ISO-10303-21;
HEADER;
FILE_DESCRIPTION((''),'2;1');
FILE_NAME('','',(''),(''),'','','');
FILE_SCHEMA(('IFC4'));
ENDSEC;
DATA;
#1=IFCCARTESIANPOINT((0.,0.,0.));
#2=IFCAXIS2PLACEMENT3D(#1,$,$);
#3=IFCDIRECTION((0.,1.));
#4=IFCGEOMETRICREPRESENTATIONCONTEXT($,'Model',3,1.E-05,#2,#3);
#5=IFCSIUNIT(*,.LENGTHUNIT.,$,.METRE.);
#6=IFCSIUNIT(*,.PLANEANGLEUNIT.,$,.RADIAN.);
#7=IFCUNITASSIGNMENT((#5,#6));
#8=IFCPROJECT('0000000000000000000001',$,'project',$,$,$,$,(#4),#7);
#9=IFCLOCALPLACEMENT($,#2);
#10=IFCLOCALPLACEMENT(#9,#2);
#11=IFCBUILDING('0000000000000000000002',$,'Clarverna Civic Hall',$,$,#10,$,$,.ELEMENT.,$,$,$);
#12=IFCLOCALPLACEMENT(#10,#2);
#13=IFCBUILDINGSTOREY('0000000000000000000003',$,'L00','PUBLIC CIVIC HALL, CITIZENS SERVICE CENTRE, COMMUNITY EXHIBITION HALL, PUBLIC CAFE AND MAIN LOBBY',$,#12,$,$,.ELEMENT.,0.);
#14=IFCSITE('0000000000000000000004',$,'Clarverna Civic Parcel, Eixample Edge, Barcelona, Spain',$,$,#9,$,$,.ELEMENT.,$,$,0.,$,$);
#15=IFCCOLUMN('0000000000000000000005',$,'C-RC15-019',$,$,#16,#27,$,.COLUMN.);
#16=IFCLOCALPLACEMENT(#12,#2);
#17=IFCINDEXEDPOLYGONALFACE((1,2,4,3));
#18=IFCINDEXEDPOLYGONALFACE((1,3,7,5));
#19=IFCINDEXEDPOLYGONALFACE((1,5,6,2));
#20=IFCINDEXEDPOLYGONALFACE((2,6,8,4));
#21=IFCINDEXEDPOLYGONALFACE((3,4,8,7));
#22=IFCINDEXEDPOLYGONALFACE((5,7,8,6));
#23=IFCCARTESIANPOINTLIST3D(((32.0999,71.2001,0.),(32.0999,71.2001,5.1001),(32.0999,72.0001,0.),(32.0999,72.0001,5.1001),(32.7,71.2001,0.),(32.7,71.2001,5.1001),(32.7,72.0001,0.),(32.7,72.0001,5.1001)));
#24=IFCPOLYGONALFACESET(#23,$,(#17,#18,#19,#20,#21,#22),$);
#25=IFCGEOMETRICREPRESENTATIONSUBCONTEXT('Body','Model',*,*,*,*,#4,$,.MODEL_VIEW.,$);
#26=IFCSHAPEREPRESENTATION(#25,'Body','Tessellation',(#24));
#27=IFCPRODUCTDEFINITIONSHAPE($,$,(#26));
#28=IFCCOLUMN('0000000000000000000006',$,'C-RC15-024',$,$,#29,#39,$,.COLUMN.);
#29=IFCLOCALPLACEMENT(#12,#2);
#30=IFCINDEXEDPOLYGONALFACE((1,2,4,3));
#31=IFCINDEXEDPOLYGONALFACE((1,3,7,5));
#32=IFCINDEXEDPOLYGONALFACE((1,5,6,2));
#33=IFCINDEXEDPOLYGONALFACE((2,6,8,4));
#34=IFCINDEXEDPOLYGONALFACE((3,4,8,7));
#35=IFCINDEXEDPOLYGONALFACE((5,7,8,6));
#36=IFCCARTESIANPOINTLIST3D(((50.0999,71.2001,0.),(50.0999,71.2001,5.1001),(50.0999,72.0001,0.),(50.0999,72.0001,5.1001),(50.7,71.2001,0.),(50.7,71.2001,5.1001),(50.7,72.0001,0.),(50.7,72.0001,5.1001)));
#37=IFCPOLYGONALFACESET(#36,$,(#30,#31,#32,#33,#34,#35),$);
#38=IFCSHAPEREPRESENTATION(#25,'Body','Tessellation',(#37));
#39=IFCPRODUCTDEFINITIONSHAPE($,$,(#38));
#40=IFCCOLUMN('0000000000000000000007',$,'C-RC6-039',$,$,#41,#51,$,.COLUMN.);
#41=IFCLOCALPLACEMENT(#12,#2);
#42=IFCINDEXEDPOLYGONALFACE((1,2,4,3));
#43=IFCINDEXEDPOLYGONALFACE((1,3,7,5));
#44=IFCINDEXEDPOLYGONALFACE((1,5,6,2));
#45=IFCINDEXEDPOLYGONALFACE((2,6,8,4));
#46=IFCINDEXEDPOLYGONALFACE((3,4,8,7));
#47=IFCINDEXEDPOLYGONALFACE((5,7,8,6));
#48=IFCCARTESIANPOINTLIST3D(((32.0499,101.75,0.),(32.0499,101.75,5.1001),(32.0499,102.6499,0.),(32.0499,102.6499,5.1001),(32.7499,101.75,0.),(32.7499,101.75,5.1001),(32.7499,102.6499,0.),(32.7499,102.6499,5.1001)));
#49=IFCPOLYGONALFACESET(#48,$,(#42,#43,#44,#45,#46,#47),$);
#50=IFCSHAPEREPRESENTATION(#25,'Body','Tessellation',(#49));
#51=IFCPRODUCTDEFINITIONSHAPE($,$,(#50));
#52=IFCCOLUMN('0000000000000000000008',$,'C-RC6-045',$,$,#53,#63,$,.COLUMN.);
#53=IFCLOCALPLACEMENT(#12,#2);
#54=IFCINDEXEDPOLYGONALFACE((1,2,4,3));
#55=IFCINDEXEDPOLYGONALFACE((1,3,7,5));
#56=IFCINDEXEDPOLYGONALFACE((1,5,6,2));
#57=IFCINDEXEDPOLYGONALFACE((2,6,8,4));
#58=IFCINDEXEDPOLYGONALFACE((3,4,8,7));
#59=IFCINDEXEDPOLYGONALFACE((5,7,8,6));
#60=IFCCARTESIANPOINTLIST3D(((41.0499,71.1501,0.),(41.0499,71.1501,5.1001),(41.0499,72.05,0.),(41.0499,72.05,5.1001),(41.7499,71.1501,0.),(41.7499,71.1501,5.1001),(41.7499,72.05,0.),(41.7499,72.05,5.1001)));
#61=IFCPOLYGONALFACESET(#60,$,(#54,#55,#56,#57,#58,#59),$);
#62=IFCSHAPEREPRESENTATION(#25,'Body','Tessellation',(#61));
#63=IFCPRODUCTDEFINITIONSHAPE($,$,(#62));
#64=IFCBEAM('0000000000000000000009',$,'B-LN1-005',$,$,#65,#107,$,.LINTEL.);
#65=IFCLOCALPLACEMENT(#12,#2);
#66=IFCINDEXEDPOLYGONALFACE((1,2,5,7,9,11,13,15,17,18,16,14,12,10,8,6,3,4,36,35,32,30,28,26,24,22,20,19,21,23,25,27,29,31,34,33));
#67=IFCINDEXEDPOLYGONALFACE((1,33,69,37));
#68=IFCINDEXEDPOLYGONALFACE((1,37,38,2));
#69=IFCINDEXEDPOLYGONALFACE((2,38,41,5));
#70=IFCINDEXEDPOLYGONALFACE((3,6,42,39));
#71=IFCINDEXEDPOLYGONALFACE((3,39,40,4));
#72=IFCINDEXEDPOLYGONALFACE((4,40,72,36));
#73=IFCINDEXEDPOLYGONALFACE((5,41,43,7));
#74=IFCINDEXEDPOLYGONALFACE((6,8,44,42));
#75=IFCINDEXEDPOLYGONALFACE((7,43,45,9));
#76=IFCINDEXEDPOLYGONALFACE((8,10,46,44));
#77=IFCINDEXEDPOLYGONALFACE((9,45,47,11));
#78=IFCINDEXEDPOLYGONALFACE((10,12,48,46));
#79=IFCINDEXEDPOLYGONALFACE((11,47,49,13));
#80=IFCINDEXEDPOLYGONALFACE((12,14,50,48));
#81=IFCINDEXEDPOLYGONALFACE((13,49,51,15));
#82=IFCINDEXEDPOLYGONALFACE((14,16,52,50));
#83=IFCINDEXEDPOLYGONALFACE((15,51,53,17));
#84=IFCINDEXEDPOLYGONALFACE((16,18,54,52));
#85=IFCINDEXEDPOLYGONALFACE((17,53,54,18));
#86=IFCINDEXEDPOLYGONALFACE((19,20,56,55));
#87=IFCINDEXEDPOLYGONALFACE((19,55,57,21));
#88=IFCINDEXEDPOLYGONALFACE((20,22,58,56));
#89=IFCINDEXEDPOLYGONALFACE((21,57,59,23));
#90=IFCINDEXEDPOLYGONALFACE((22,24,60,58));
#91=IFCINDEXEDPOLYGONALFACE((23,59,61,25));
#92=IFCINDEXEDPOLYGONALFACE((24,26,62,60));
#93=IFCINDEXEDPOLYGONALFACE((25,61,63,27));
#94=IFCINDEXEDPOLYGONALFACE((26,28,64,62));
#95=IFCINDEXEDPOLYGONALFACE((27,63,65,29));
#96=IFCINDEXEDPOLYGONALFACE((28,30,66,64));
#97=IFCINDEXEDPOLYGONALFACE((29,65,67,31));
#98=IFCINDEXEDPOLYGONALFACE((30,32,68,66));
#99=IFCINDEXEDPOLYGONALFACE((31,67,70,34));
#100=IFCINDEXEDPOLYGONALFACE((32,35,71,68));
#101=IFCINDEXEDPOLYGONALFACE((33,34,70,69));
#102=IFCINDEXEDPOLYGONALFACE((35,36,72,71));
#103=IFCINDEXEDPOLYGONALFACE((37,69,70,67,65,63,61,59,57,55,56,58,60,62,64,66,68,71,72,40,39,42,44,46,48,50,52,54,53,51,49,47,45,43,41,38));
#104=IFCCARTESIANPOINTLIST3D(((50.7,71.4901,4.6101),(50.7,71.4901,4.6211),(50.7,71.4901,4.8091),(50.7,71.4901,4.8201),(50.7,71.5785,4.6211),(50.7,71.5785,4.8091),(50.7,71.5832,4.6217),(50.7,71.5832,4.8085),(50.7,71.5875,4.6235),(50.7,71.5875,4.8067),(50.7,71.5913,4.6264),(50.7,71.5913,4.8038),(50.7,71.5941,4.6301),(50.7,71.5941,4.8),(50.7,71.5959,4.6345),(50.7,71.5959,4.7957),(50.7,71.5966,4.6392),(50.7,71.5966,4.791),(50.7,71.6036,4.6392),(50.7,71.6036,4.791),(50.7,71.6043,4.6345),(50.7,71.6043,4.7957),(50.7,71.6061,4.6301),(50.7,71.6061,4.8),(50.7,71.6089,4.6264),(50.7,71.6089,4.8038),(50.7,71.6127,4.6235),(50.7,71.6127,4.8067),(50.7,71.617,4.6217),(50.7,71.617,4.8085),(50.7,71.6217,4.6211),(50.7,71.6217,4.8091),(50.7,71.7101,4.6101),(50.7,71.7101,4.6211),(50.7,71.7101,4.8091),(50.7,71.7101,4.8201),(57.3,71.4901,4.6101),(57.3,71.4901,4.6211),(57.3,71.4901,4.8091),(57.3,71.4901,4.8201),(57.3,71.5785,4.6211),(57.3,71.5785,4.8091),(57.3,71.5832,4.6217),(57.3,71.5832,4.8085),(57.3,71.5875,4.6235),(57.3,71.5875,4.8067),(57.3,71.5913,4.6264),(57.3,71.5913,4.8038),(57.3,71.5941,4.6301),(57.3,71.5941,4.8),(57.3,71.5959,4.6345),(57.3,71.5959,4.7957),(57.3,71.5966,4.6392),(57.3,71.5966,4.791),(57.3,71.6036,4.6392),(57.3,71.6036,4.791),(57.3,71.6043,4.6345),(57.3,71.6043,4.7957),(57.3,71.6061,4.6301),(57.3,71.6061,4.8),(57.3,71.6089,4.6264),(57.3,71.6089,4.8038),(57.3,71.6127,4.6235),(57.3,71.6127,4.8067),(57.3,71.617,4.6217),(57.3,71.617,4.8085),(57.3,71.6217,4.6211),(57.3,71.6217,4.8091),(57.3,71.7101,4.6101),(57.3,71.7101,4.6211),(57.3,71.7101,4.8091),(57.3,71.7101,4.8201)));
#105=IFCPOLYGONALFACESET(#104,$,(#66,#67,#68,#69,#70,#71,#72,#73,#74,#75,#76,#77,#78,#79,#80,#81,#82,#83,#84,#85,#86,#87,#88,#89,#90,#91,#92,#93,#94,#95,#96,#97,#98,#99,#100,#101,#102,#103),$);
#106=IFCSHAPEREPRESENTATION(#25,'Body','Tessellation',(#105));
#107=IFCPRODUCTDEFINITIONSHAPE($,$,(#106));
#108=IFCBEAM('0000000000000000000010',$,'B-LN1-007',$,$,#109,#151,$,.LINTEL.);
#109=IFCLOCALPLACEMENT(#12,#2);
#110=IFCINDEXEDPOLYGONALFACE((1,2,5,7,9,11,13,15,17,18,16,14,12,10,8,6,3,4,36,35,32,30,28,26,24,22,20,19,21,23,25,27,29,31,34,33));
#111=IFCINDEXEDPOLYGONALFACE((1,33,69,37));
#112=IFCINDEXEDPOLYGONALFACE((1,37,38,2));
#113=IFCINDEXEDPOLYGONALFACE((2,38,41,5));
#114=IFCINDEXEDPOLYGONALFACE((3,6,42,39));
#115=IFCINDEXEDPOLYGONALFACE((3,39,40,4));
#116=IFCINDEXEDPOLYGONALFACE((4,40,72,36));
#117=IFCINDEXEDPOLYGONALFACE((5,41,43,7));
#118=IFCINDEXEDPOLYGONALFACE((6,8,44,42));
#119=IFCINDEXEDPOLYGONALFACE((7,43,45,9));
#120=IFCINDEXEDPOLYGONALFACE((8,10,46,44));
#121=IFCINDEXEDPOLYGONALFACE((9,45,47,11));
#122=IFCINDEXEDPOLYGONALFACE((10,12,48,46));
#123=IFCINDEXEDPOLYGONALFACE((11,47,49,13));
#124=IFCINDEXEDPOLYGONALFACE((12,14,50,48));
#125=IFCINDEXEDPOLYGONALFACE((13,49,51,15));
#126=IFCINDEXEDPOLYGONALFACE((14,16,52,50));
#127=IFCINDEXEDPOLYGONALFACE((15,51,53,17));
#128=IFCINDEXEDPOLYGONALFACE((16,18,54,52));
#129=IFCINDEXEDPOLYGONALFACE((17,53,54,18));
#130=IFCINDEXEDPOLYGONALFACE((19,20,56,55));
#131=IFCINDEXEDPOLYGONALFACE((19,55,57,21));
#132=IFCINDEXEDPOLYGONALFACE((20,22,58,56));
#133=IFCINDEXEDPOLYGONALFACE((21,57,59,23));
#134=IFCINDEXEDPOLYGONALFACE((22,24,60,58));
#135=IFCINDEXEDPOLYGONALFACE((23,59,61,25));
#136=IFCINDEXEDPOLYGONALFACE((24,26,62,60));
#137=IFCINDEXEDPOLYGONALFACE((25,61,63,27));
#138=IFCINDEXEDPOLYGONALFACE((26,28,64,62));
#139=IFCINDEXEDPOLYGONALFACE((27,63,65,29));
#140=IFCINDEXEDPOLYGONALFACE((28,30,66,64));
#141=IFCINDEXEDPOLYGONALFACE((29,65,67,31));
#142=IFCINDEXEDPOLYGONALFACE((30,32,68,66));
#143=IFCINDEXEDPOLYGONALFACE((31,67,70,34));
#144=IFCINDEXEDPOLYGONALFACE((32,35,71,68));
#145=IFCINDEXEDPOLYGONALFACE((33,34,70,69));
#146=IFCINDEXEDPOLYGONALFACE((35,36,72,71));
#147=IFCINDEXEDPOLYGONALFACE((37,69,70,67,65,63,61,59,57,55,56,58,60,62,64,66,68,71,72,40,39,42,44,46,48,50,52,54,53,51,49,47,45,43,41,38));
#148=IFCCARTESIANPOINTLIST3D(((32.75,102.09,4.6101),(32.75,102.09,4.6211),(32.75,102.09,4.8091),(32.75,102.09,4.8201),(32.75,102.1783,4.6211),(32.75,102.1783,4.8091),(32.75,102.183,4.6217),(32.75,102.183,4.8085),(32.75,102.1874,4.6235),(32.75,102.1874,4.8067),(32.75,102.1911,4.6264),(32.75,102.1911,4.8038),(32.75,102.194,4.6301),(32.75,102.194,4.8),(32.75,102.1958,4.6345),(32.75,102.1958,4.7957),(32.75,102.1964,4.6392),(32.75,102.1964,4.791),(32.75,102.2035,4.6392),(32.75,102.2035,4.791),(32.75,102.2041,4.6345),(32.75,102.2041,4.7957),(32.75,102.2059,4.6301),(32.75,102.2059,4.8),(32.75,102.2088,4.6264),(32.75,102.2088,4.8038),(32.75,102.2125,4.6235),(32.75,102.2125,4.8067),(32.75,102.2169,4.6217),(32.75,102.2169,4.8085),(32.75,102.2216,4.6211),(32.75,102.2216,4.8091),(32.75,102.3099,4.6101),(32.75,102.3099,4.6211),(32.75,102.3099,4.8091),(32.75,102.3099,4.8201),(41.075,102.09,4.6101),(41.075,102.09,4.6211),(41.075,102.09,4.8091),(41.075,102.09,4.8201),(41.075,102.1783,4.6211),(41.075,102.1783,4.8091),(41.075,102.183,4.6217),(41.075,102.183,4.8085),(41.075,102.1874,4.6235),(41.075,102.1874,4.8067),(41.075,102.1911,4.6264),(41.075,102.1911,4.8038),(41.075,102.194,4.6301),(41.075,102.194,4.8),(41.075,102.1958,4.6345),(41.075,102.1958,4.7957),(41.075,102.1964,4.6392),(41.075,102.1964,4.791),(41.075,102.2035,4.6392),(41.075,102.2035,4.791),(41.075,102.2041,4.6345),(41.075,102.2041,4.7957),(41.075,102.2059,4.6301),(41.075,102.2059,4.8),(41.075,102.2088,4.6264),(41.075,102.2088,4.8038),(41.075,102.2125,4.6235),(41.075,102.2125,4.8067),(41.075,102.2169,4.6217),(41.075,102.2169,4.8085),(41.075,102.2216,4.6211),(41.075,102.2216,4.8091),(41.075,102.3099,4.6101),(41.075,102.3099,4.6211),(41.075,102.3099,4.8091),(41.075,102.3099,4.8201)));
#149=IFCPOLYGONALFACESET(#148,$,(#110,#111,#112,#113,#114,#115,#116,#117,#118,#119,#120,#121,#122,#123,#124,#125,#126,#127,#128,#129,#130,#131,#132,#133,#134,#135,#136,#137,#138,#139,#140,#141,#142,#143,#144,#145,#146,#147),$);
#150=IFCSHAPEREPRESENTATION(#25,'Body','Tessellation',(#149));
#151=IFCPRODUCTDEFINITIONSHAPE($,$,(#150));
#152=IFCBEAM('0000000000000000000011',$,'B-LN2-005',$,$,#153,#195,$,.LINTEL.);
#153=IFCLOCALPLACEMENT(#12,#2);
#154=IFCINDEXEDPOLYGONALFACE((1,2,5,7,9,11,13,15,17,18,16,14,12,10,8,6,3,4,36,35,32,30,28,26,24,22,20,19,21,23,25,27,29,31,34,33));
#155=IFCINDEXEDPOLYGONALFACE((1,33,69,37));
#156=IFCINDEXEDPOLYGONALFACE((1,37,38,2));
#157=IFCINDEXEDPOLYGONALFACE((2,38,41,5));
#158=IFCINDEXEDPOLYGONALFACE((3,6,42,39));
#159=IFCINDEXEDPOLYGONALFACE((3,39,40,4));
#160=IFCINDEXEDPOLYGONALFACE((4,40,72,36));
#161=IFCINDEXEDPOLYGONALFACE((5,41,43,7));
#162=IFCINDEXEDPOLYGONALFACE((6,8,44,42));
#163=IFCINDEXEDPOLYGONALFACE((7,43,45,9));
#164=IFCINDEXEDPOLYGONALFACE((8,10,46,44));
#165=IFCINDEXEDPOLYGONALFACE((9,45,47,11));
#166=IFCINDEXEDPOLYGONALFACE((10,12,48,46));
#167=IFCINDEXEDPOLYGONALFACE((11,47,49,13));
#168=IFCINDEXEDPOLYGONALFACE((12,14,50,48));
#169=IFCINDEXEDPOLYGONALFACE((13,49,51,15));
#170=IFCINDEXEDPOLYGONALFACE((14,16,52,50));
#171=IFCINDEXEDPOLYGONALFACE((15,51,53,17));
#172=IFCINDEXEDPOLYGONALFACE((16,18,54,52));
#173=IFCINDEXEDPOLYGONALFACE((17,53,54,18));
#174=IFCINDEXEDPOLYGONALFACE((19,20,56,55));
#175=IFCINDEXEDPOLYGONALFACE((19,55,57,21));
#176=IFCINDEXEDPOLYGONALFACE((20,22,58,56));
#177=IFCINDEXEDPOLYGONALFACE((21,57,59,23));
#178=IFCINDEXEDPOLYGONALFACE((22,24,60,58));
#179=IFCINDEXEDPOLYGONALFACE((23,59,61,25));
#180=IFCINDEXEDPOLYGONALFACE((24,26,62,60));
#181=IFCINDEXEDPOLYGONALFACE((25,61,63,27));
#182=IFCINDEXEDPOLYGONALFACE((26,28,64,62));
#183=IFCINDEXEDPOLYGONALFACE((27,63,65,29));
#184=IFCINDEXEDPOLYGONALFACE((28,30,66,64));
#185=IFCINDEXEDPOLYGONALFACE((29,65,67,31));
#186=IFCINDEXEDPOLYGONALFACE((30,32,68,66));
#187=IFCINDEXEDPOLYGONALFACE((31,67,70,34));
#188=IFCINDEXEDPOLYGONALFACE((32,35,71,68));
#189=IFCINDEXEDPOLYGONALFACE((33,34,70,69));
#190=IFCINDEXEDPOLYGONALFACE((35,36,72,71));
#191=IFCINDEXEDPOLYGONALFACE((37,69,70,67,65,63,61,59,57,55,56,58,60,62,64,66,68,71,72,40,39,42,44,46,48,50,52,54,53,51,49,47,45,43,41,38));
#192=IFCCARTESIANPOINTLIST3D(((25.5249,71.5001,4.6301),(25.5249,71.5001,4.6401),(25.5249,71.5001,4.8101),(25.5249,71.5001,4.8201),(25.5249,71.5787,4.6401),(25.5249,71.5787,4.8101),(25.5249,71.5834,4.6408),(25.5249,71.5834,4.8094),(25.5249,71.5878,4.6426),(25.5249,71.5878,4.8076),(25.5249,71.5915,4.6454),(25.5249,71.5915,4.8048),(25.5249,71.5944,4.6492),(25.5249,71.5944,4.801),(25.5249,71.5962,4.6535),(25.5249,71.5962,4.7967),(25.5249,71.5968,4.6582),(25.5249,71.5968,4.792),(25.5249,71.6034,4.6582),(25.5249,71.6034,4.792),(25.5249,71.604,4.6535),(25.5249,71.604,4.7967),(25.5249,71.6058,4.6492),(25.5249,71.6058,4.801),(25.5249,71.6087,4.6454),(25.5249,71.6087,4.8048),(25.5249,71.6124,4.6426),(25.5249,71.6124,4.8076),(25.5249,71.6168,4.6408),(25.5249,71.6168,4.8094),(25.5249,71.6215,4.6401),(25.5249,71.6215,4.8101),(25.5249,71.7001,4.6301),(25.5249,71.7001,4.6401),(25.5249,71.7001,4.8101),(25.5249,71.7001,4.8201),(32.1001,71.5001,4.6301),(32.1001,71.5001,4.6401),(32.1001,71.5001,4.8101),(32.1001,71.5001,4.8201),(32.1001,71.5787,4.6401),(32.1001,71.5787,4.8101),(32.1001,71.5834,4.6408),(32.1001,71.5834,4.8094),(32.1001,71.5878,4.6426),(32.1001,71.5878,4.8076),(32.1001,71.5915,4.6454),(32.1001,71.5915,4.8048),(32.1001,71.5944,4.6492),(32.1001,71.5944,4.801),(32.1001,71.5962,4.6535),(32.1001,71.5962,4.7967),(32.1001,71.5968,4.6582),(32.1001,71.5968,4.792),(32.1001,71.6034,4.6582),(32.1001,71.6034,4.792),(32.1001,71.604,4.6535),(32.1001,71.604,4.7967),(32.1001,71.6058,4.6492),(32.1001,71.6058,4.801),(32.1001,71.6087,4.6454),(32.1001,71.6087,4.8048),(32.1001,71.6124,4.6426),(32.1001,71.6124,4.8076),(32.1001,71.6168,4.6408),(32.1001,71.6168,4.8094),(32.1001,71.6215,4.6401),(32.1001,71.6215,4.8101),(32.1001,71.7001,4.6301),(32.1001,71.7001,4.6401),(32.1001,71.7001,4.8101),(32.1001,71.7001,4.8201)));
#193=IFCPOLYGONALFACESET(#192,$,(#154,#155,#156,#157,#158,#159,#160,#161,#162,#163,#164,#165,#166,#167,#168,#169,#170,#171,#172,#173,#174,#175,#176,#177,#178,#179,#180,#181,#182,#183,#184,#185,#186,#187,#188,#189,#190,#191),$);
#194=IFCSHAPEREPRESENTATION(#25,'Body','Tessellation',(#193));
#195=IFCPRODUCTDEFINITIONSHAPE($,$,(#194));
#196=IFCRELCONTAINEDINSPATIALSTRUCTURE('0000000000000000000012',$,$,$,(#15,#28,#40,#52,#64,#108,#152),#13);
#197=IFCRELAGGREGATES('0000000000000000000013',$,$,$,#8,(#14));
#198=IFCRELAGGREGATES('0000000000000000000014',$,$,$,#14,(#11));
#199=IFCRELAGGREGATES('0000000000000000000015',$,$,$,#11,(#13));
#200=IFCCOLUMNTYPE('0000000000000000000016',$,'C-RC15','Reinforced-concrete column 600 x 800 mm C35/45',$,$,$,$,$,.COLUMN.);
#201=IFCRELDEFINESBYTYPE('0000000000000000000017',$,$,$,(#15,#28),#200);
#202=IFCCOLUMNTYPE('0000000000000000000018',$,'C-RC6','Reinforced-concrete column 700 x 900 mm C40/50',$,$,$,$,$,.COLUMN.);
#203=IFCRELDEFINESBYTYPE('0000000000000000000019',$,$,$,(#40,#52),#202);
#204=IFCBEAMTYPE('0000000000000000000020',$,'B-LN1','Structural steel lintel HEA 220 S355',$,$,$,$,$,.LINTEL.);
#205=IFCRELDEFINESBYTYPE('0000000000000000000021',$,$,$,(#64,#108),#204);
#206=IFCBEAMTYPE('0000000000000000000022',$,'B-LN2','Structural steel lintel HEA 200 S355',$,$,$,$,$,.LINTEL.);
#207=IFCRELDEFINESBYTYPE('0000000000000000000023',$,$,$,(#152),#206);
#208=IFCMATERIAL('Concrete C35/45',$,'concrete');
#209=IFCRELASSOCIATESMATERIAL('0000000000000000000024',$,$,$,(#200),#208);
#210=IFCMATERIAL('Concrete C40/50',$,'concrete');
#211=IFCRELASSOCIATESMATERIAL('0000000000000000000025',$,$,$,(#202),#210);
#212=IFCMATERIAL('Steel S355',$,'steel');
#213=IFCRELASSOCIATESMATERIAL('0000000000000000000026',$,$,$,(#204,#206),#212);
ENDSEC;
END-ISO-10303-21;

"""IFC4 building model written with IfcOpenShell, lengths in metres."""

from ifc_helpers import new_model, si_unit, direction, frame, origin, origin_2d, place, context, subcontext, project, spatial, rectangle, i_section, extrude, material, material_profile, profile_set, type_object, element, save


model = new_model("IFC4")

# Units and contexts
model_context = context("Model", 3, precision=1e-05, world=origin(), true_north=direction((0.0, 1.0)))
body_context = subcontext(model_context, "Body", "Model", "MODEL_VIEW")
ifc_project = project(units=[si_unit("LENGTHUNIT", "METRE"), si_unit("PLANEANGLEUNIT", "RADIAN")], contexts=[model_context])

# Site, building, storey
site_placement = place(None, origin())
site = spatial("IfcSite", under=ifc_project, at=site_placement, Name="Clarverna Civic Parcel, Eixample Edge, Barcelona, Spain", CompositionType="ELEMENT", RefElevation=0.0)
building_placement = place(site_placement, origin())
building = spatial("IfcBuilding", under=site, at=building_placement, Name="Clarverna Civic Hall", CompositionType="ELEMENT")
storey_placement = place(building_placement, origin())
storey = spatial("IfcBuildingStorey", under=building, at=storey_placement, Name="L00", Description="PUBLIC CIVIC HALL, CITIZENS SERVICE CENTRE, COMMUNITY EXHIBITION HALL, PUBLIC CAFE AND MAIN LOBBY", CompositionType="ELEMENT", Elevation=0.0)

# Columns
ifc_material_1 = material(Name="Concrete C35/45", Category="concrete")
ifc_material_profile_1 = material_profile(ifc_material_1, rectangle(XDim=0.6001, YDim=0.8, at=origin_2d()), Name="RC 600x800")
ifc_profile_set_1 = profile_set([ifc_material_profile_1], Name="Concrete C35/45")
column_type_1 = type_object("IfcColumnType", Name="C-RC15", Description="Reinforced-concrete column 600 x 800 mm C35/45", PredefinedType="COLUMN", material=ifc_profile_set_1)
for number, where, z_axis, x_axis, name in (
    (1, (32.3999, 71.6001, 0.0), (0.0, 0.0, 1.0), (1.0, 0.0, 0.0), "C-RC15-019"),
    (2, (50.3999, 71.6001, 0.0), (0.0, 0.0, 1.0), (1.0, 0.0, 0.0), "C-RC15-024"),
):
    element("IfcColumn", number, at=place(storey_placement, frame(where, z_axis=z_axis, x_axis=x_axis)), inside=storey, type_object=column_type_1, Name=name, PredefinedType="COLUMN", context=body_context, shape_type="SweptSolid", body=[
        extrude(rectangle(XDim=0.6001, YDim=0.8, at=origin_2d()), origin(), (0.0, 0.0, 1.0), 5.1001),
    ])
ifc_material_2 = material(Name="Concrete C40/50", Category="concrete")
ifc_material_profile_2 = material_profile(ifc_material_2, rectangle(XDim=0.7, YDim=0.8999, at=origin_2d()), Name="RC 700x900")
ifc_profile_set_2 = profile_set([ifc_material_profile_2], Name="Concrete C40/50")
column_type_2 = type_object("IfcColumnType", Name="C-RC6", Description="Reinforced-concrete column 700 x 900 mm C40/50", PredefinedType="COLUMN", material=ifc_profile_set_2)
for number, where, z_axis, x_axis, name in (
    (3, (32.3999, 102.2, 0.0), (0.0, 0.0, 1.0), (1.0, 0.0, 0.0), "C-RC6-039"),
    (4, (41.3999, 71.6001, 0.0), (0.0, 0.0, 1.0), (1.0, 0.0, 0.0), "C-RC6-045"),
):
    element("IfcColumn", number, at=place(storey_placement, frame(where, z_axis=z_axis, x_axis=x_axis)), inside=storey, type_object=column_type_2, Name=name, PredefinedType="COLUMN", context=body_context, shape_type="SweptSolid", body=[
        extrude(rectangle(XDim=0.7, YDim=0.8999, at=origin_2d()), origin(), (0.0, 0.0, 1.0), 5.1001),
    ])

# Beams
ifc_material_3 = material(Name="Steel S355", Category="steel")
ifc_material_profile_3 = material_profile(ifc_material_3, i_section(OverallWidth=0.22, OverallDepth=0.21, WebThickness=0.0071, FlangeThickness=0.011, FilletRadius=0.0181, at=origin_2d()), Name="HEA 220")
ifc_profile_set_3 = profile_set([ifc_material_profile_3], Name="Steel S355")
beam_type_1 = type_object("IfcBeamType", Name="B-LN1", Description="Structural steel lintel HEA 220 S355", PredefinedType="LINTEL", material=ifc_profile_set_3)
beam_1_placement = place(storey_placement, frame((50.7, 71.6001, 4.7151), z_axis=(1.0, 0.0, 0.0), x_axis=(0.0, 1.0, 0.0)))
element("IfcBeam", 5, at=beam_1_placement, inside=storey, type_object=beam_type_1, Name="B-LN1-005", PredefinedType="LINTEL", context=body_context, shape_type="SweptSolid", body=[
    extrude(i_section(OverallWidth=0.22, OverallDepth=0.21, WebThickness=0.0071, FlangeThickness=0.011, FilletRadius=0.0181, at=origin_2d()), origin(), (0.0, 0.0, 1.0), 6.6001),
])
beam_2_placement = place(storey_placement, frame((32.75, 102.2, 4.7151), z_axis=(1.0, 0.0, 0.0), x_axis=(0.0, 1.0, 0.0)))
element("IfcBeam", 6, at=beam_2_placement, inside=storey, type_object=beam_type_1, Name="B-LN1-007", PredefinedType="LINTEL", context=body_context, shape_type="SweptSolid", body=[
    extrude(i_section(OverallWidth=0.22, OverallDepth=0.21, WebThickness=0.0071, FlangeThickness=0.011, FilletRadius=0.0181, at=origin_2d()), origin(), (0.0, 0.0, 1.0), 8.325),
])
ifc_material_profile_4 = material_profile(ifc_material_3, i_section(OverallWidth=0.2, OverallDepth=0.1899, WebThickness=0.0066, FlangeThickness=0.01, FilletRadius=0.0181, at=origin_2d()), Name="HEA 200")
ifc_profile_set_4 = profile_set([ifc_material_profile_4], Name="Steel S355")
beam_type_2 = type_object("IfcBeamType", Name="B-LN2", Description="Structural steel lintel HEA 200 S355", PredefinedType="LINTEL", material=ifc_profile_set_4)
beam_3_placement = place(storey_placement, frame((25.5249, 71.6001, 4.7251), z_axis=(1.0, 0.0, 0.0), x_axis=(0.0, 1.0, 0.0)))
element("IfcBeam", 7, at=beam_3_placement, inside=storey, type_object=beam_type_2, Name="B-LN2-005", PredefinedType="LINTEL", context=body_context, shape_type="SweptSolid", body=[
    extrude(i_section(OverallWidth=0.2, OverallDepth=0.1899, WebThickness=0.0066, FlangeThickness=0.01, FilletRadius=0.0181, at=origin_2d()), origin(), (0.0, 0.0, 1.0), 6.5752),
])

save(model, "model.ifc")
